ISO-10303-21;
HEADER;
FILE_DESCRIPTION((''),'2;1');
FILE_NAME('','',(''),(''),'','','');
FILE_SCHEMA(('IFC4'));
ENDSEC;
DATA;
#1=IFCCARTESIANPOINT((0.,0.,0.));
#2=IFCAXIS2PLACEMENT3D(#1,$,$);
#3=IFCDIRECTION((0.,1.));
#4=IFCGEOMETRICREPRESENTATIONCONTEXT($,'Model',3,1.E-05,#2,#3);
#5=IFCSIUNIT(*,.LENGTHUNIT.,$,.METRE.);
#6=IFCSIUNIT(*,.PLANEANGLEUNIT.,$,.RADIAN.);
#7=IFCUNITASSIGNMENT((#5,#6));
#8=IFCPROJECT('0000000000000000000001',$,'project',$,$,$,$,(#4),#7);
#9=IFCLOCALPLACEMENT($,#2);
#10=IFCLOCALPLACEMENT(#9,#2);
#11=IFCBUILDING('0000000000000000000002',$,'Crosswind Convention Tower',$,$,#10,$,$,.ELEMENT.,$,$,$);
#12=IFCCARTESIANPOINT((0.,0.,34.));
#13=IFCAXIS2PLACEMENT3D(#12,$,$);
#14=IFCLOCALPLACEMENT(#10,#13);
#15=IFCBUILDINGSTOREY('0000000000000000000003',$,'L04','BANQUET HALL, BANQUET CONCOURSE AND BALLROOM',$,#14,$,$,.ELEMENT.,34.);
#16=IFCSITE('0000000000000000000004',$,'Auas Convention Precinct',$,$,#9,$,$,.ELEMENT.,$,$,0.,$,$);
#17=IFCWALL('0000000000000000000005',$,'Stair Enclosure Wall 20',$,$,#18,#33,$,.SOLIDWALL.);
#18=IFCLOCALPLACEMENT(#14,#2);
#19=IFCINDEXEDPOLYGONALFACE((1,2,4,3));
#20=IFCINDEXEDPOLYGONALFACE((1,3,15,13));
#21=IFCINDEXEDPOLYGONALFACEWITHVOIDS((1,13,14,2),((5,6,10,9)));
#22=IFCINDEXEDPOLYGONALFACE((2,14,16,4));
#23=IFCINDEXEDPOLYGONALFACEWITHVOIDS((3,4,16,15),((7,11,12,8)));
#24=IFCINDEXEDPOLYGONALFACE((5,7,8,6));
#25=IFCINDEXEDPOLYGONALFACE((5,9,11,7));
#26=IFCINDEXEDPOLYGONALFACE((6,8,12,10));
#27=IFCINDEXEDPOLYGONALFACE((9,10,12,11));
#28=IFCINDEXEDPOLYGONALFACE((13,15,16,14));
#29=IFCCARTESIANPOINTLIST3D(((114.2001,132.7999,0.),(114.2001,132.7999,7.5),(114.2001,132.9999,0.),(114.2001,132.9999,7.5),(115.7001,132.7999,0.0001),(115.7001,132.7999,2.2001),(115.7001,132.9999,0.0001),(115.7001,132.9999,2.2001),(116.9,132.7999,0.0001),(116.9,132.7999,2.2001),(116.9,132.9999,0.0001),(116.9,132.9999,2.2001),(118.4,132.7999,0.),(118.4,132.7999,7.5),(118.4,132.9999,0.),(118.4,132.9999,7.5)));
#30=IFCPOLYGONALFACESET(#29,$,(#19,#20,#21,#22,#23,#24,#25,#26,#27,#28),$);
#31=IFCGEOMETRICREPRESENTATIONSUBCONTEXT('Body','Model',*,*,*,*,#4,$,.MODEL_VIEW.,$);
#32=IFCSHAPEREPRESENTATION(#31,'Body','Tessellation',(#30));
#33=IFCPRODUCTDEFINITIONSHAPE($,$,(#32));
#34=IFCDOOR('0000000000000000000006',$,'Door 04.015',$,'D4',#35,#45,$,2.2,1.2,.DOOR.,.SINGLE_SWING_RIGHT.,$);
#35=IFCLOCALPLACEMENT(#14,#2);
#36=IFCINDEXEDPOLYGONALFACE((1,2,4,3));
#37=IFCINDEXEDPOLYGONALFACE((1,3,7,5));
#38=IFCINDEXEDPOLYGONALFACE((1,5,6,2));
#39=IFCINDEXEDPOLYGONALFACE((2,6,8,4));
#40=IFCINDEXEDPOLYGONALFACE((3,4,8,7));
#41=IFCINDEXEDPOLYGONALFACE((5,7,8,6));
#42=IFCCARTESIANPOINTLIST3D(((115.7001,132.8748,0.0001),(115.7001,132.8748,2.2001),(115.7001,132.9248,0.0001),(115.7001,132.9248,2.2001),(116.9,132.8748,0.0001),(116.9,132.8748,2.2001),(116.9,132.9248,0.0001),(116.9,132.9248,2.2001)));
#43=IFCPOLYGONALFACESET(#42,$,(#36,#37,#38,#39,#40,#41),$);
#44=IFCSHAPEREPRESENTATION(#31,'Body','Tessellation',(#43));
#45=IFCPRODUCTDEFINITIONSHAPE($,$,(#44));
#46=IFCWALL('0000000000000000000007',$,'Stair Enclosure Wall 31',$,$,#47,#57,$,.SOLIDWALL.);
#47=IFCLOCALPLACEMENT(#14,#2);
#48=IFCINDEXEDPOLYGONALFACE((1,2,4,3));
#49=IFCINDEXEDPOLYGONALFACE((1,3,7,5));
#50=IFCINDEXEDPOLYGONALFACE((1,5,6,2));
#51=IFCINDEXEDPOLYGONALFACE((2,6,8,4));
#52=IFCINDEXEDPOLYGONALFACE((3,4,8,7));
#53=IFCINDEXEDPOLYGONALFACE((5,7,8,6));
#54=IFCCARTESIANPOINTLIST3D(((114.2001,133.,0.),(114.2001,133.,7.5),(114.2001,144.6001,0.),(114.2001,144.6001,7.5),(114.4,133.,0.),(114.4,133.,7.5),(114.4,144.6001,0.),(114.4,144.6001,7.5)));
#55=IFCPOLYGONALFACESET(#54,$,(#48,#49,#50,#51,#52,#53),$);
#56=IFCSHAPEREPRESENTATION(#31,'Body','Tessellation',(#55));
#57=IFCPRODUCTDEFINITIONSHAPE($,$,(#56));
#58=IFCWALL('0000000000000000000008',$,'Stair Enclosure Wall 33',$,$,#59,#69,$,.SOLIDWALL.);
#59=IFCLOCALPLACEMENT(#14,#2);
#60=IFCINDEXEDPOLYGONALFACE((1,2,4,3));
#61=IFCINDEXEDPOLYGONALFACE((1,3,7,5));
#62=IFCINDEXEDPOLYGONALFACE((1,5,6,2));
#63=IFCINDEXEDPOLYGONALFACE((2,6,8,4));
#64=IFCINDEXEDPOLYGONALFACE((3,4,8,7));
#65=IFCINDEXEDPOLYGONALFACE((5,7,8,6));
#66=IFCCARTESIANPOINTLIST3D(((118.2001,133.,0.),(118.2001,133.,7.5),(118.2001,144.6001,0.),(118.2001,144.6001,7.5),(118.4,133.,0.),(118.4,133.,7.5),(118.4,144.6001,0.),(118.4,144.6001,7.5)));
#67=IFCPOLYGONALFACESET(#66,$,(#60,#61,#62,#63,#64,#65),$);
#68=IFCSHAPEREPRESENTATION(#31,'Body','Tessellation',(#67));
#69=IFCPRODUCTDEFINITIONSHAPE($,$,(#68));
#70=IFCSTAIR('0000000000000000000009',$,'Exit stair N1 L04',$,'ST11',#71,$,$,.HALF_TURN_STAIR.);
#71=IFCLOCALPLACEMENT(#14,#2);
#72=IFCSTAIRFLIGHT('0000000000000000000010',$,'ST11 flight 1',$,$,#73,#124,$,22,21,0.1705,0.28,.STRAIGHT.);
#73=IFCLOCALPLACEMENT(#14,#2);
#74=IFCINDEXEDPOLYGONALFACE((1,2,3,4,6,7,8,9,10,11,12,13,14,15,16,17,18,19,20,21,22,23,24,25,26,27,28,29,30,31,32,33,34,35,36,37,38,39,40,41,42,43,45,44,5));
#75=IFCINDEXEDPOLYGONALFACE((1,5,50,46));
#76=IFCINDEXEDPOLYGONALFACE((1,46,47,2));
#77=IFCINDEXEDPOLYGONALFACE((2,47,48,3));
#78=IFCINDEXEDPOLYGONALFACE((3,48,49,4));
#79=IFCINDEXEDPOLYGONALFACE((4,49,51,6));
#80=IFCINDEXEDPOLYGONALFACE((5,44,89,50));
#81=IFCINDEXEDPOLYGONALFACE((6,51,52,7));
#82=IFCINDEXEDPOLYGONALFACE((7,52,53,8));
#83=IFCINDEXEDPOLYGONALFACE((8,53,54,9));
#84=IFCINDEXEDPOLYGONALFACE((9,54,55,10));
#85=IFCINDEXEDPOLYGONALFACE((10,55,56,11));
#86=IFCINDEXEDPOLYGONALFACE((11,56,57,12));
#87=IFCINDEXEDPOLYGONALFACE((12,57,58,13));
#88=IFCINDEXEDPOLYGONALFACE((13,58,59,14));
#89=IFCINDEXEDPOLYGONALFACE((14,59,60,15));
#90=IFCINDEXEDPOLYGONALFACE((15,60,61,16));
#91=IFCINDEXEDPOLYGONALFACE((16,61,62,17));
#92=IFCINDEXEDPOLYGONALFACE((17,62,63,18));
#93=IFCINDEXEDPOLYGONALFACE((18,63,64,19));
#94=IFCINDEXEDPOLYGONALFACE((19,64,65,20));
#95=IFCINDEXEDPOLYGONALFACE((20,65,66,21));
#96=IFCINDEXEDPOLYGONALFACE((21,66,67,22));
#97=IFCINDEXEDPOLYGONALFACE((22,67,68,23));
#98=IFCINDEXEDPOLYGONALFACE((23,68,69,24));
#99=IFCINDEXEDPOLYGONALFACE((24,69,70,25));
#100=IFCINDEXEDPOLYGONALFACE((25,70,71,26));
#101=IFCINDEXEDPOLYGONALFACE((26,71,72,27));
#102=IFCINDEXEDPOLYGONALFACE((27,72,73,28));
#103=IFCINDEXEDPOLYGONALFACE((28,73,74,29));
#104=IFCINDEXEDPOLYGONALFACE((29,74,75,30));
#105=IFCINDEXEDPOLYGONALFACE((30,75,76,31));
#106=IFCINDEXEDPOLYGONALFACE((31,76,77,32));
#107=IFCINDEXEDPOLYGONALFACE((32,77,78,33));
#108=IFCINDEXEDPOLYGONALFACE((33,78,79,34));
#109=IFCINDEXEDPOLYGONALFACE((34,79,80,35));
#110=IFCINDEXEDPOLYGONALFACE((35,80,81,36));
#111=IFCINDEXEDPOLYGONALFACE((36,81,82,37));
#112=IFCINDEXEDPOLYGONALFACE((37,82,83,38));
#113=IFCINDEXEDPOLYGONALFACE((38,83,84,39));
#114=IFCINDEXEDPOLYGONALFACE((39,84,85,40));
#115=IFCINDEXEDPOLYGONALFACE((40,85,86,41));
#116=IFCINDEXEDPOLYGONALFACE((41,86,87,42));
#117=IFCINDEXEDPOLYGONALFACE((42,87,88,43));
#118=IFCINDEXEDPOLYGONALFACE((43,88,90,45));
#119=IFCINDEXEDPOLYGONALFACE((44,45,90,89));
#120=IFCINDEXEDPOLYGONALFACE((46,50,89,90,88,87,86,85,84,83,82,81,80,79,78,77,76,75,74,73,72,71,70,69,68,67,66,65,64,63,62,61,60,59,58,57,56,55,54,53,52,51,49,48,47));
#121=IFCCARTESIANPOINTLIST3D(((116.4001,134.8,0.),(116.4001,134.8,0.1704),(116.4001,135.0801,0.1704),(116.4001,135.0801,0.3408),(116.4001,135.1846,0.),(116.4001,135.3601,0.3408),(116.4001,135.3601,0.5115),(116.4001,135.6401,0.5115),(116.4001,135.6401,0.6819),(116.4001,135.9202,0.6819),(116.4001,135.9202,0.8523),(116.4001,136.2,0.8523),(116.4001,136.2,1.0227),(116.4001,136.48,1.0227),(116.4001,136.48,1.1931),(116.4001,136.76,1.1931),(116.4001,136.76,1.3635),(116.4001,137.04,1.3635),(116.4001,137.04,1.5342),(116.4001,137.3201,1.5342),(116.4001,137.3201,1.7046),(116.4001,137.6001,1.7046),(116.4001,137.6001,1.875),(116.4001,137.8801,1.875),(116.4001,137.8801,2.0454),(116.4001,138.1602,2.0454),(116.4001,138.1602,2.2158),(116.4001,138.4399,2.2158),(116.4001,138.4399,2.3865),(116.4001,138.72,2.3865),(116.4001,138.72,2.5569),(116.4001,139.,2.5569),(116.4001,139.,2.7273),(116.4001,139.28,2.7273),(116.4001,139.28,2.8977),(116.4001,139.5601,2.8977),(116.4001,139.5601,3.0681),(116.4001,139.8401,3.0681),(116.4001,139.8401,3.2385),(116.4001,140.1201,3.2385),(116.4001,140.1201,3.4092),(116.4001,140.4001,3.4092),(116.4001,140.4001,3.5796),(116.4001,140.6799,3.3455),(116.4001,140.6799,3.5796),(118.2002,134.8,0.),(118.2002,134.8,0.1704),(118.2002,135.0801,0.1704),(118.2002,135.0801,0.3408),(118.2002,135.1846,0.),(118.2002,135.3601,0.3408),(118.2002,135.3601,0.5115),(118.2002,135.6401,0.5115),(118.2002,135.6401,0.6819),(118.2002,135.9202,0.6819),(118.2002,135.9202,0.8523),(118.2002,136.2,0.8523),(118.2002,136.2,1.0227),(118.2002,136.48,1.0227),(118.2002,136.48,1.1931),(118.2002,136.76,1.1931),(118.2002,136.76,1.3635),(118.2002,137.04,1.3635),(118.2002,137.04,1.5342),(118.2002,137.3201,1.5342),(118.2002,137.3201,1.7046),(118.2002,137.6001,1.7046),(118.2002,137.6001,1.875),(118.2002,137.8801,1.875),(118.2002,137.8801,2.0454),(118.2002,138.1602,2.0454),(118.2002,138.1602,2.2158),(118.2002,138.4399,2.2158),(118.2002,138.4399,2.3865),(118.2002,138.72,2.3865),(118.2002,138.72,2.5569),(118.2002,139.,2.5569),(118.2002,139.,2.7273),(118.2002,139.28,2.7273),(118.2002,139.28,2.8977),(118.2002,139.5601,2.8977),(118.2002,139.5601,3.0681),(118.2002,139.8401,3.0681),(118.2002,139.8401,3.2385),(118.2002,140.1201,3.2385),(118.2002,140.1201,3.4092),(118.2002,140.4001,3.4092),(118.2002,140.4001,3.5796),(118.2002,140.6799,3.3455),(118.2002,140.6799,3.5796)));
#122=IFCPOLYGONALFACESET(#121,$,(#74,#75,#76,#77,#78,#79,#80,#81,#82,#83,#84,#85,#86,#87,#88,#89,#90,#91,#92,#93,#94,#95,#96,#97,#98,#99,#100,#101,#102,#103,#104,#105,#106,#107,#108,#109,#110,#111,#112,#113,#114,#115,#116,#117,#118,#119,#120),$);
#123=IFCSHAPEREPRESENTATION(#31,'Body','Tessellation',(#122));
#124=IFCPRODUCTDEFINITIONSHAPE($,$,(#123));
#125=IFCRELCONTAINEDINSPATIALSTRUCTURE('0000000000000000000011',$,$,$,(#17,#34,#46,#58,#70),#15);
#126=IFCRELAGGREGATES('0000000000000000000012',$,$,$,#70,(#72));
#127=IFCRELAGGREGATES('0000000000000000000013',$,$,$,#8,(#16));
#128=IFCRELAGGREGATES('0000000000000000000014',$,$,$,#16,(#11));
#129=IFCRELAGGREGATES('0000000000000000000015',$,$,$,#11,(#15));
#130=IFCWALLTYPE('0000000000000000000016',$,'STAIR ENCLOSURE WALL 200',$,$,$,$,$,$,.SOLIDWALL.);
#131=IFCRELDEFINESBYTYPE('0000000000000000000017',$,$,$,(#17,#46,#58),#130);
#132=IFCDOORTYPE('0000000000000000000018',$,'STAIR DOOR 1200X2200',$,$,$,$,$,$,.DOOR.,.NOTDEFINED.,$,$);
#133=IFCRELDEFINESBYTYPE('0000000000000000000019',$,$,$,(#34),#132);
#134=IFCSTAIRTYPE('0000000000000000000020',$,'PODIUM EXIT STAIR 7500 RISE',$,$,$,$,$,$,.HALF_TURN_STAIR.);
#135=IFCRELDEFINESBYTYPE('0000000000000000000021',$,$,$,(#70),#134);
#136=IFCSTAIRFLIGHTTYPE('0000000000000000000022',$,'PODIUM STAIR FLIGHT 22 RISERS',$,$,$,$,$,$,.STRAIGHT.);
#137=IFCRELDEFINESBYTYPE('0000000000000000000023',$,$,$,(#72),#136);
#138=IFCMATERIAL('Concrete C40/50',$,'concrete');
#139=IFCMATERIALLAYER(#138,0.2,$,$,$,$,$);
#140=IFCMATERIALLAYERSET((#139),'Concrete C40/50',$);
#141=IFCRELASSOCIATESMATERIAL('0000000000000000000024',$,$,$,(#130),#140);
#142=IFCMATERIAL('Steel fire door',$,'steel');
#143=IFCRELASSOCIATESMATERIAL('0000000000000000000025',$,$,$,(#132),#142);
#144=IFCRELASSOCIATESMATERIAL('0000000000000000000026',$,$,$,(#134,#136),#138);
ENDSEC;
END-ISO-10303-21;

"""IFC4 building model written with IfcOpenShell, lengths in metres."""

from ifc_helpers import new_model, si_unit, direction, frame, frame_2d, origin, place, context, subcontext, project, spatial, polyline, rectangle, outline, extrude, material, layer, layer_set, type_object, element, fill, aggregate, save


model = new_model("IFC4")

# Units and contexts
model_context = context("Model", 3, precision=1e-05, world=origin(), true_north=direction((0.0, 1.0)))
body_context = subcontext(model_context, "Body", "Model", "MODEL_VIEW")
ifc_project = project(units=[si_unit("LENGTHUNIT", "METRE"), si_unit("PLANEANGLEUNIT", "RADIAN")], contexts=[model_context])

# Site, building, storey
site_placement = place(None, origin())
site = spatial("IfcSite", under=ifc_project, at=site_placement, Name="Auas Convention Precinct", CompositionType="ELEMENT", RefElevation=0.0)
building_placement = place(site_placement, origin())
building = spatial("IfcBuilding", under=site, at=building_placement, Name="Crosswind Convention Tower", CompositionType="ELEMENT")
storey_placement = place(building_placement, frame((0.0, 0.0, 34.0)))
storey = spatial("IfcBuildingStorey", under=building, at=storey_placement, Name="L04", Description="BANQUET HALL, BANQUET CONCOURSE AND BALLROOM", CompositionType="ELEMENT", Elevation=34.0)

# Wall, opening, door
ifc_material_1 = material(Name="Concrete C40/50", Category="concrete")
ifc_layer = layer(ifc_material_1, 0.2)
ifc_layer_set = layer_set([ifc_layer], Name="Concrete C40/50")
wall_type = type_object("IfcWallType", Name="STAIR ENCLOSURE WALL 200", PredefinedType="SOLIDWALL", material=ifc_layer_set)
wall_placement = place(storey_placement, frame((114.2, 132.8999, 0.0), z_axis=(0.0, 0.0, 1.0), x_axis=(1.0, 0.0, 0.0)))
wall = element("IfcWall", 1, at=wall_placement, inside=storey, type_object=wall_type, Name="Stair Enclosure Wall 20", PredefinedType="SOLIDWALL", context=body_context, shape_type="SweptSolid", body=[
    extrude(rectangle(XDim=4.2, YDim=0.2, at=frame_2d((2.1001, 0.0))), origin(), (0.0, 0.0, 1.0), 7.5),
])
opening_placement = place(wall_placement, frame((1.5, 0.0, 0.0)))
opening = element("IfcOpeningElement", 2, at=opening_placement, cuts=wall, PredefinedType="OPENING", context=body_context, shape_type="SweptSolid", body=[
    extrude(rectangle(XDim=1.2, YDim=2.2, at=frame_2d((0.6001, 1.1001))), frame((0.0, 0.1099, 0.0), z_axis=(0.0, -1.0, 0.0), x_axis=(1.0, 0.0, 0.0)), (0.0, 0.0, 1.0), 0.22),
])
ifc_material_2 = material(Name="Steel fire door", Category="steel")
door_type = type_object("IfcDoorType", Name="STAIR DOOR 1200X2200", OperationType="NOTDEFINED", PredefinedType="DOOR", material=ifc_material_2)
door_placement = place(opening_placement, origin())
door = element("IfcDoor", 3, at=door_placement, inside=storey, type_object=door_type, Name="Door 04.015", ObjectType="D4", OperationType="SINGLE_SWING_RIGHT", OverallHeight=2.2, OverallWidth=1.2, PredefinedType="DOOR", context=body_context, shape_type="SweptSolid", body=[
    extrude(rectangle(XDim=1.2, YDim=2.2, at=frame_2d((0.6001, 1.1001))), frame((0.0, 0.0249, 0.0), z_axis=(0.0, -1.0, 0.0), x_axis=(1.0, 0.0, 0.0)), (0.0, 0.0, 1.0), 0.05),
])
fill(opening, door)

# Walls
for number, where, z_axis, x_axis, name in (
    (4, (114.3, 133.0, 0.0), (0.0, 0.0, 1.0), (0.0, 1.0, 0.0), "Stair Enclosure Wall 31"),
    (5, (118.3, 133.0, 0.0), (0.0, 0.0, 1.0), (0.0, 1.0, 0.0), "Stair Enclosure Wall 33"),
):
    element("IfcWall", number, at=place(storey_placement, frame(where, z_axis=z_axis, x_axis=x_axis)), inside=storey, type_object=wall_type, Name=name, PredefinedType="SOLIDWALL", context=body_context, shape_type="SweptSolid", body=[
        extrude(rectangle(XDim=11.6001, YDim=0.2, at=frame_2d((5.8, 0.0))), origin(), (0.0, 0.0, 1.0), 7.5),
    ])

# Stair, stair flight
stair_type = type_object("IfcStairType", Name="PODIUM EXIT STAIR 7500 RISE", PredefinedType="HALF_TURN_STAIR", material=ifc_material_1)
stair_placement = place(storey_placement, origin())
stair = element("IfcStair", 6, at=stair_placement, inside=storey, type_object=stair_type, Name="Exit stair N1 L04", ObjectType="ST11", PredefinedType="HALF_TURN_STAIR")
stair_flight_type = type_object("IfcStairFlightType", Name="PODIUM STAIR FLIGHT 22 RISERS", PredefinedType="STRAIGHT", material=ifc_material_1)
stair_flight_placement = place(storey_placement, frame((117.3, 134.8, 0.0), z_axis=(0.0, 0.0, 1.0), x_axis=(0.0, 1.0, 0.0)))
stair_flight = element("IfcStairFlight", 7, at=stair_flight_placement, type_object=stair_flight_type, Name="ST11 flight 1", NumberOfRisers=22, NumberOfTreads=21, PredefinedType="STRAIGHT", RiserHeight=0.1705, TreadLength=0.28, context=body_context, shape_type="SweptSolid", body=[
    extrude(outline(polyline([(0.0, 0.0), (0.0, 0.1704), (0.28, 0.1704), (0.28, 0.3408), (0.5601, 0.3408), (0.5601, 0.5115), (0.8401, 0.5115), (0.8401, 0.6819), (1.1201, 0.6819), (1.1201, 0.8523), (1.3999, 0.8523), (1.3999, 1.0227), (1.6799, 1.0227), (1.6799, 1.1931), (1.96, 1.1931), (1.96, 1.3635), (2.24, 1.3635), (2.24, 1.5342), (2.52, 1.5342), (2.52, 1.7046), (2.8, 1.7046), (2.8, 1.875), (3.0801, 1.875), (3.0801, 2.0454), (3.3601, 2.0454), (3.3601, 2.2158), (3.6399, 2.2158), (3.6399, 2.3865), (3.9199, 2.3865), (3.9199, 2.5569), (4.2, 2.5569), (4.2, 2.7273), (4.48, 2.7273), (4.48, 2.8977), (4.76, 2.8977), (4.76, 3.0681), (5.04, 3.0681), (5.04, 3.2385), (5.3201, 3.2385), (5.3201, 3.4092), (5.6001, 3.4092), (5.6001, 3.5796), (5.8799, 3.5796), (5.8799, 3.75), (5.8799, 3.3455), (0.3845, 0.0), (0.0, 0.0)])), frame((0.0, 0.8999, 0.0), z_axis=(0.0, -1.0, 0.0), x_axis=(1.0, 0.0, 0.0)), (0.0, 0.0, 1.0), 1.8),
])
aggregate(stair, [stair_flight])

save(model, "model.ifc")
